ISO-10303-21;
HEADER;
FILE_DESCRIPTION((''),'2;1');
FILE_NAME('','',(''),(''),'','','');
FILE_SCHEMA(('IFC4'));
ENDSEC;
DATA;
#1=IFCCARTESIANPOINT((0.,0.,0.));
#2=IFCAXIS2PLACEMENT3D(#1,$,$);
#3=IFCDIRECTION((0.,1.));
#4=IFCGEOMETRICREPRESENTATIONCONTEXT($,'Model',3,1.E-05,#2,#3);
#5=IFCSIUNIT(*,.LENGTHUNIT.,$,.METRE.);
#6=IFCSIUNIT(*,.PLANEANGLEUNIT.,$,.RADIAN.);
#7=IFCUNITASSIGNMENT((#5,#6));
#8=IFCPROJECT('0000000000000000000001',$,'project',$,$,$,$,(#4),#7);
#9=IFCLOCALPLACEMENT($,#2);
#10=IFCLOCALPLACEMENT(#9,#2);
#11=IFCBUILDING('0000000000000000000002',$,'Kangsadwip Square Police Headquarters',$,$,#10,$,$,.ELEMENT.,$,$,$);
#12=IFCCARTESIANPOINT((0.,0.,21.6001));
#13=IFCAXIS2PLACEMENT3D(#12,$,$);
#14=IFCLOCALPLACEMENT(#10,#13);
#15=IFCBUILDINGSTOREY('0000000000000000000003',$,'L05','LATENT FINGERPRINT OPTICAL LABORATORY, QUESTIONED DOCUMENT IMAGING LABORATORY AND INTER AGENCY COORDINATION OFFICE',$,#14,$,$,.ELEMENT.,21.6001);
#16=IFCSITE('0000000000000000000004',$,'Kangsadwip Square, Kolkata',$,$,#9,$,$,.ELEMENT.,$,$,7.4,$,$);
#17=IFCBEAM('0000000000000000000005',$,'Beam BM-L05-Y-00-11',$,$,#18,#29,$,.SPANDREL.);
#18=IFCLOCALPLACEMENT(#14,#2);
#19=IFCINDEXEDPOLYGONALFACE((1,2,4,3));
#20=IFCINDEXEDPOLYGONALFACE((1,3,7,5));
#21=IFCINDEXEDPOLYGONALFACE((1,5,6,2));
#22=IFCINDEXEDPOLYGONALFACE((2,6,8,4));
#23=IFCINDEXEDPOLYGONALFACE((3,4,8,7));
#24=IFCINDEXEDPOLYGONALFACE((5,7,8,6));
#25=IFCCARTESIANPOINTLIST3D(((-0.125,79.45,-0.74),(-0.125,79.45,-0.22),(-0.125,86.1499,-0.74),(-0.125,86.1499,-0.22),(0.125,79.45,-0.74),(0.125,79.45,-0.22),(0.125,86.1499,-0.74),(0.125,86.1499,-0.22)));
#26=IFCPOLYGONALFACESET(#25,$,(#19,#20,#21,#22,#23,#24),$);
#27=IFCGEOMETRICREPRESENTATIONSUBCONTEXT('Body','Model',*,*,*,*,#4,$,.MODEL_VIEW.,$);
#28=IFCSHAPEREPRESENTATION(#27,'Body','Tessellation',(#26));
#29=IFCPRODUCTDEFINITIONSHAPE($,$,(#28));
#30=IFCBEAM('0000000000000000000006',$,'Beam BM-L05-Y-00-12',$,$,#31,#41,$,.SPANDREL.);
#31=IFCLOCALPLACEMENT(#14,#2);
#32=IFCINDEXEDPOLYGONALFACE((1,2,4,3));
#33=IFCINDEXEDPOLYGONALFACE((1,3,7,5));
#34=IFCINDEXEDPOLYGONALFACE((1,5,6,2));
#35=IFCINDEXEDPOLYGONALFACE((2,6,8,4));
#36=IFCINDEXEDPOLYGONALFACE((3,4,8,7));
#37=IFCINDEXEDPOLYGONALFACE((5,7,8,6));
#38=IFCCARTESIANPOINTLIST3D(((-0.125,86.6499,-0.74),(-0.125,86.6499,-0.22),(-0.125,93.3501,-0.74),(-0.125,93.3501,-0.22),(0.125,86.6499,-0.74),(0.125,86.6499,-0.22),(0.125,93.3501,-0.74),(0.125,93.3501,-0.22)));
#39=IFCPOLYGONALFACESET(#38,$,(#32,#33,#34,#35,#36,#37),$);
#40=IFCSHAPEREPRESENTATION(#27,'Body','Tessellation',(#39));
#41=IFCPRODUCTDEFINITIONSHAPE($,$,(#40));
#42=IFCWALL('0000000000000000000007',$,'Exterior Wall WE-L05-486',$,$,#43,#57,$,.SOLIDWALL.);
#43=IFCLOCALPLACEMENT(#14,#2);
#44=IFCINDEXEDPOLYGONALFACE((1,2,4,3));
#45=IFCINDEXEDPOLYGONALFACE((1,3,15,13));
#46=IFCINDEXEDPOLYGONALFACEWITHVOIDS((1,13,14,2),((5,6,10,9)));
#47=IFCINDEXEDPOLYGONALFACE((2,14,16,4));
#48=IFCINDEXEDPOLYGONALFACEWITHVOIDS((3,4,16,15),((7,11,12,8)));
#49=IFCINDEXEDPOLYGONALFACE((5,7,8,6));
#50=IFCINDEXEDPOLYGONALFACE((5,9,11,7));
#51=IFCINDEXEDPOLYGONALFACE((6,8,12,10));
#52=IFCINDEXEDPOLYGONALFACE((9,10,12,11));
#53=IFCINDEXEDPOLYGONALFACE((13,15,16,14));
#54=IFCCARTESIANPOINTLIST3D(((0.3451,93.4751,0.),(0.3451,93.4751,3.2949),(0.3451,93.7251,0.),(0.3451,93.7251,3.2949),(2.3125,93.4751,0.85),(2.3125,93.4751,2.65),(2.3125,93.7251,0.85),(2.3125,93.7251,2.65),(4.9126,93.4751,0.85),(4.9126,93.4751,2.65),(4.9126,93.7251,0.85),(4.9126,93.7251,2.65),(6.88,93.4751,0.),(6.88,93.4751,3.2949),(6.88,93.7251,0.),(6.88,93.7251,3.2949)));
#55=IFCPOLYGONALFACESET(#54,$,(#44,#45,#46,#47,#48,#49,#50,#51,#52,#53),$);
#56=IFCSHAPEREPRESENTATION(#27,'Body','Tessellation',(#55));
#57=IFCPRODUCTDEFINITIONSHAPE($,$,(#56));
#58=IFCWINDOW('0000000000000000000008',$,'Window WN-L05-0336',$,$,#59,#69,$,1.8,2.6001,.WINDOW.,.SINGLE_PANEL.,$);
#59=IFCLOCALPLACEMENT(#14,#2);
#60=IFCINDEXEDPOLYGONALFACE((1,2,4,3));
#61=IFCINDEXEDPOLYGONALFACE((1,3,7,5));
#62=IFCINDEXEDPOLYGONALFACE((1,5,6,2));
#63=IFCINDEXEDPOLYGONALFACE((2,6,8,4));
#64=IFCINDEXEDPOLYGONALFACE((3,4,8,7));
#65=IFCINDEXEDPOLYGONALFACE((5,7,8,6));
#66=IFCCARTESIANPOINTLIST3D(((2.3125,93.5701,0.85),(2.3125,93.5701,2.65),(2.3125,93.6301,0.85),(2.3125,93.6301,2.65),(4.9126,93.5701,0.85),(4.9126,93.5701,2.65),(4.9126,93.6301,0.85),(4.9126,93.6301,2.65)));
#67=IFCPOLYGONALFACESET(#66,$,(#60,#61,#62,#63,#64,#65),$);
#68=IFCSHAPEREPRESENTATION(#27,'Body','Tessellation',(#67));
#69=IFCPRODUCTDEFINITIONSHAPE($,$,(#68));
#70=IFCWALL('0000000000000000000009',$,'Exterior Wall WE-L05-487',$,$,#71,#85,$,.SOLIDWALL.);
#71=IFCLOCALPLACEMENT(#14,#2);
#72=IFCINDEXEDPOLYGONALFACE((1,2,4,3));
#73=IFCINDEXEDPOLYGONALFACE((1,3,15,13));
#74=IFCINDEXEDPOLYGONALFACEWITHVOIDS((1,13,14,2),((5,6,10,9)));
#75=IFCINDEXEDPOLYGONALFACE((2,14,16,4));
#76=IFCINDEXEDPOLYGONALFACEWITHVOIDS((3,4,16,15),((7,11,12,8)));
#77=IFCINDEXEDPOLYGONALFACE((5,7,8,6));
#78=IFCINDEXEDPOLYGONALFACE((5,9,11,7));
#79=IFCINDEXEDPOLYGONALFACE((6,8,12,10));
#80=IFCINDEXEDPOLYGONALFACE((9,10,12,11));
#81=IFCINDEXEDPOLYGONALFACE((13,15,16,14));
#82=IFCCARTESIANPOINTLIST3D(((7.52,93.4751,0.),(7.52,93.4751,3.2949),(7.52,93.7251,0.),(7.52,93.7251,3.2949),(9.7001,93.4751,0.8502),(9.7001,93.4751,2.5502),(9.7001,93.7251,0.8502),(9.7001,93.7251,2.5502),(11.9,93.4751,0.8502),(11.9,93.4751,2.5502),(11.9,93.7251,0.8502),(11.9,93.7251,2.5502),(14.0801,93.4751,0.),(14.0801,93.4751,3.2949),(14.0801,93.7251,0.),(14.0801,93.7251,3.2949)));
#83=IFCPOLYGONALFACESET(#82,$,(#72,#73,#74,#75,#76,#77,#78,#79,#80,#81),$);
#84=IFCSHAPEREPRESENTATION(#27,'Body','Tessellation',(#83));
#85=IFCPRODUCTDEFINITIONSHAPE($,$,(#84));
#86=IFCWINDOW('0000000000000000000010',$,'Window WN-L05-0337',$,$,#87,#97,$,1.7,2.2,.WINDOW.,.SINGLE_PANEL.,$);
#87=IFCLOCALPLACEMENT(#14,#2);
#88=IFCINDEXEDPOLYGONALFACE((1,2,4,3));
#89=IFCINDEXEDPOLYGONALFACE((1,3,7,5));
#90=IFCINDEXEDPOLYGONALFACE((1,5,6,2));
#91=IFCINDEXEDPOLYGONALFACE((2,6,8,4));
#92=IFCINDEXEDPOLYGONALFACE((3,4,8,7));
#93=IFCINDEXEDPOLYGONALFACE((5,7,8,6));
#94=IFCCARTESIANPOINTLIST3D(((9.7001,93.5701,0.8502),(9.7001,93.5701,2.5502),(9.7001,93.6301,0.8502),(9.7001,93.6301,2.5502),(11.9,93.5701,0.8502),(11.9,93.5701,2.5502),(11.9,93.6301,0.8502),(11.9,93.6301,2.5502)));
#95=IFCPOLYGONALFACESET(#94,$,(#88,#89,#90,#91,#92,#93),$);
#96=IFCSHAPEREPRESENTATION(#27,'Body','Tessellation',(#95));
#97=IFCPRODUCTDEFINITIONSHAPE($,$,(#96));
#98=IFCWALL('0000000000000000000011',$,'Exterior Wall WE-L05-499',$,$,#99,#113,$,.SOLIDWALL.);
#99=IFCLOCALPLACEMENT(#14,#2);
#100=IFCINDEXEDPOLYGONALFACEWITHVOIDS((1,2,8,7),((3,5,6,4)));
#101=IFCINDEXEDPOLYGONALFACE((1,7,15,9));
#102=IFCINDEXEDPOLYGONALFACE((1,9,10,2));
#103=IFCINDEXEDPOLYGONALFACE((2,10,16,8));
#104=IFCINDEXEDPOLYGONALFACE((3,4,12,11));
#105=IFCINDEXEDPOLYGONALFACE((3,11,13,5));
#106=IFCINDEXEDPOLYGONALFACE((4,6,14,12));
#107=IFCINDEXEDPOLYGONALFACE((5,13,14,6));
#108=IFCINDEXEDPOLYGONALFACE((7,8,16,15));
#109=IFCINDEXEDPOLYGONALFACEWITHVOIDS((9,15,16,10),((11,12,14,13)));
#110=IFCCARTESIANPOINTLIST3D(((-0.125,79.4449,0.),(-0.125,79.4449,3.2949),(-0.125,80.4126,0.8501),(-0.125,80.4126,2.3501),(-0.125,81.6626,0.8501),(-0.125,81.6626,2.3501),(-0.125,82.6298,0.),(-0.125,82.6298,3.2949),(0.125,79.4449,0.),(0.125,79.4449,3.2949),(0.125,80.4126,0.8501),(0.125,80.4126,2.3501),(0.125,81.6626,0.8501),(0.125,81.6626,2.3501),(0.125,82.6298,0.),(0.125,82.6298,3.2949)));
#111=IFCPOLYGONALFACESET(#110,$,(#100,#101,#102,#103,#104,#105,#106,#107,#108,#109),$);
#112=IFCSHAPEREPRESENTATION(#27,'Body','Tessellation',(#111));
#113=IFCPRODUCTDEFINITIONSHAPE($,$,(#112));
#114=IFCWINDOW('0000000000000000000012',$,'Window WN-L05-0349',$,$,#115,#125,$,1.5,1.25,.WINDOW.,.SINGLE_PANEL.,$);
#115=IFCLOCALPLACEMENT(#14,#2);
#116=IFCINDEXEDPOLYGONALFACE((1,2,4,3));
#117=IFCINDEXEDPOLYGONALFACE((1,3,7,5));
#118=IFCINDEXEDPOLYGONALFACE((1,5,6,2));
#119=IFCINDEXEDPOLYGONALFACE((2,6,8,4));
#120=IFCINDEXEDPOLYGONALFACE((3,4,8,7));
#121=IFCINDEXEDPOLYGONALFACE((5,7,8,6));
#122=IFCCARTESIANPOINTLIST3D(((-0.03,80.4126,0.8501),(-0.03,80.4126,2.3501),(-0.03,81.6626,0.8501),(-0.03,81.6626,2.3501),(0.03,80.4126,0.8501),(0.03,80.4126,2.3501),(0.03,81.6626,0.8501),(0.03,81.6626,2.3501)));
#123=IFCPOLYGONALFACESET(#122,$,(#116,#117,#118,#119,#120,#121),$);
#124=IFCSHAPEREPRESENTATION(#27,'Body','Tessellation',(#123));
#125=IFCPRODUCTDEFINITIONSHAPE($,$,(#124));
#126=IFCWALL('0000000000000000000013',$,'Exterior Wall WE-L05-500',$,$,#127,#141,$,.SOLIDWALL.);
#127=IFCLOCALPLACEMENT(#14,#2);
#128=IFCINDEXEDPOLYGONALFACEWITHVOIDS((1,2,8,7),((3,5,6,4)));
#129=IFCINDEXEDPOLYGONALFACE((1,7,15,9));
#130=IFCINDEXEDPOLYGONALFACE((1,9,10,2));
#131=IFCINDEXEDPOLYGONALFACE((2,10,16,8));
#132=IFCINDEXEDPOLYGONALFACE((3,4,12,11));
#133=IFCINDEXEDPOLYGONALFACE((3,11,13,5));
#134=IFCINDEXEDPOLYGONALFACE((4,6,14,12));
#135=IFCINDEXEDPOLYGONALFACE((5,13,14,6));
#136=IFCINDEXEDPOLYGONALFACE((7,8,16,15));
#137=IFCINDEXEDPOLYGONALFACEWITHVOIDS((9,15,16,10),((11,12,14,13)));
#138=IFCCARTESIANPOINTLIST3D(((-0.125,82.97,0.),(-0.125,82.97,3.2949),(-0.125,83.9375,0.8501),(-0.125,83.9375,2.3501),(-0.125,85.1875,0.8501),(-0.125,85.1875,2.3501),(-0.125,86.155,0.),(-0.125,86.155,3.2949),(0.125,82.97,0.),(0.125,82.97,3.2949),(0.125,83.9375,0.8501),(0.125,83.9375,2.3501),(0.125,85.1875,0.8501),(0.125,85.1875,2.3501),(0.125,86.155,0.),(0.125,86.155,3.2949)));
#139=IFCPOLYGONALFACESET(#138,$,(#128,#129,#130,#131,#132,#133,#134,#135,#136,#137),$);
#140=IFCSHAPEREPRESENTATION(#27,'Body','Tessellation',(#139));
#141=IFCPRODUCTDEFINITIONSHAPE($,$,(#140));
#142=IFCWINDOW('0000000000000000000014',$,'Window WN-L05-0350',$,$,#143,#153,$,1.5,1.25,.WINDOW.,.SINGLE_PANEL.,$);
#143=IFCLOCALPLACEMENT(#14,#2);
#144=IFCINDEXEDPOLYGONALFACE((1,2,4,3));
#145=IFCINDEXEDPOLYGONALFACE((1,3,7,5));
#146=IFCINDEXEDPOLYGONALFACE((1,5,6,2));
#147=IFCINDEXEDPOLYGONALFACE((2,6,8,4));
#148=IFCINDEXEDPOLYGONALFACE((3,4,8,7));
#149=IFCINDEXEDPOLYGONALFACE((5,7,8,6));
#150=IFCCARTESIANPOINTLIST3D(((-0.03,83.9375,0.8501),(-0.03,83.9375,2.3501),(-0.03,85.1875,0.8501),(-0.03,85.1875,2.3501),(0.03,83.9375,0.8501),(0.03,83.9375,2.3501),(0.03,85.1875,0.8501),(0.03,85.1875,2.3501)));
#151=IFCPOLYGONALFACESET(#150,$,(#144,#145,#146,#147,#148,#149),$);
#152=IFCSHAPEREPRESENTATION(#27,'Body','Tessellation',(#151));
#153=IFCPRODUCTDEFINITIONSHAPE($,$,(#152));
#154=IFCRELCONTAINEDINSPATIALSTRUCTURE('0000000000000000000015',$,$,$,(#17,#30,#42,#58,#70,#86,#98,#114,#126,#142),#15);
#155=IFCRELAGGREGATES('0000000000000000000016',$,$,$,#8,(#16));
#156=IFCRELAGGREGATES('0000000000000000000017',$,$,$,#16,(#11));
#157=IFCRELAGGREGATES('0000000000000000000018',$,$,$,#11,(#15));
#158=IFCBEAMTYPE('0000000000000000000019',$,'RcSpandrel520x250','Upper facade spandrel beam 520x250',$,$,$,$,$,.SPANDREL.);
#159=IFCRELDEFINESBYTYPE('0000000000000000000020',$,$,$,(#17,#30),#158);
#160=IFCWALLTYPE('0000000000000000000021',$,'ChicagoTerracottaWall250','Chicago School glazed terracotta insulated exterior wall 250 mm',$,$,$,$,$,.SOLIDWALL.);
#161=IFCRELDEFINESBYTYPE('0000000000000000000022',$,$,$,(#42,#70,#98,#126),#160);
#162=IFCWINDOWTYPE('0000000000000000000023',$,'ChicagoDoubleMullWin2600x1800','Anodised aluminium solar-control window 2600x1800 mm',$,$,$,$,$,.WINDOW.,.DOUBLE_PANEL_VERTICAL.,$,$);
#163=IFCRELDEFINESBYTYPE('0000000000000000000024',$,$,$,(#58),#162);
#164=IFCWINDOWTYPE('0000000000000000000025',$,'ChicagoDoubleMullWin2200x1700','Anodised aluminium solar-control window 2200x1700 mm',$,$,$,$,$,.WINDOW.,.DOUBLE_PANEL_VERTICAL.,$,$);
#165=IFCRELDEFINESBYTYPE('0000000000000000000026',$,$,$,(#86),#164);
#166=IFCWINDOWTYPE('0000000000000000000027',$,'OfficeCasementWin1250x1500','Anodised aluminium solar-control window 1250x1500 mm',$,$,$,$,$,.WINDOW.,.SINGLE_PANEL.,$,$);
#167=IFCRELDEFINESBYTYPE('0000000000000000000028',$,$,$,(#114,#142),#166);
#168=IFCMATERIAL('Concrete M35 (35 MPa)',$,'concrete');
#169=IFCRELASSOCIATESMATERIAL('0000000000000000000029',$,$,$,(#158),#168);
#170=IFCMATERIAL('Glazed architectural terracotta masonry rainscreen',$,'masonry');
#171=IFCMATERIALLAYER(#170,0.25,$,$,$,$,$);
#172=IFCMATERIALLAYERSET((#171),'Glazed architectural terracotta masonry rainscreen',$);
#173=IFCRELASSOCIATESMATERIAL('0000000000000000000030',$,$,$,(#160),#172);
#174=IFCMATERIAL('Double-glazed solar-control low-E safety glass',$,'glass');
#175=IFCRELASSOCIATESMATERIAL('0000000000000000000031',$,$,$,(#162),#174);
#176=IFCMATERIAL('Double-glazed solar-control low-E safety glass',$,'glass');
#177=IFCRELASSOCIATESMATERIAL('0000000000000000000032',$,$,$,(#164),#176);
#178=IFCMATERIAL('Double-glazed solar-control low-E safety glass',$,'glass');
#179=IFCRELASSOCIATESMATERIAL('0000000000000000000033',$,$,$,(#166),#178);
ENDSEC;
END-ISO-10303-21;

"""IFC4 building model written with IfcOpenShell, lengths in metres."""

from ifc_helpers import new_model, si_unit, direction, frame, frame_2d, origin, origin_2d, place, context, subcontext, project, spatial, rectangle, extrude, material, layer, layer_set, material_profile, profile_set, type_object, element, fill, save


model = new_model("IFC4")

# Units and contexts
model_context = context("Model", 3, precision=1e-05, world=origin(), true_north=direction((0.0, 1.0)))
body_context = subcontext(model_context, "Body", "Model", "MODEL_VIEW")
ifc_project = project(units=[si_unit("LENGTHUNIT", "METRE"), si_unit("PLANEANGLEUNIT", "RADIAN")], contexts=[model_context])

# Site, building, storey
site_placement = place(None, origin())
site = spatial("IfcSite", under=ifc_project, at=site_placement, Name="Kangsadwip Square, Kolkata", CompositionType="ELEMENT", RefElevation=7.4)
building_placement = place(site_placement, origin())
building = spatial("IfcBuilding", under=site, at=building_placement, Name="Kangsadwip Square Police Headquarters", CompositionType="ELEMENT")
storey_placement = place(building_placement, frame((0.0, 0.0, 21.6001)))
storey = spatial("IfcBuildingStorey", under=building, at=storey_placement, Name="L05", Description="LATENT FINGERPRINT OPTICAL LABORATORY, QUESTIONED DOCUMENT IMAGING LABORATORY AND INTER AGENCY COORDINATION OFFICE", CompositionType="ELEMENT", Elevation=21.6001)

# Beams
ifc_material_1 = material(Name="Concrete M35 (35 MPa)", Category="concrete")
ifc_material_profile_1 = material_profile(ifc_material_1, rectangle(XDim=0.25, YDim=0.52, at=origin_2d()), Name="RC SPN 520X250")
ifc_profile_set_1 = profile_set([ifc_material_profile_1], Name="Concrete M35 (35 MPa)")
beam_type_1 = type_object("IfcBeamType", Name="RcSpandrel520x250", Description="Upper facade spandrel beam 520x250", PredefinedType="SPANDREL", material=ifc_profile_set_1)
beam_1_placement = place(storey_placement, frame((0.0, 79.45, -0.48), z_axis=(0.0, 1.0, 0.0), x_axis=(-1.0, 0.0, 0.0)))
element("IfcBeam", 1, at=beam_1_placement, inside=storey, type_object=beam_type_1, Name="Beam BM-L05-Y-00-11", PredefinedType="SPANDREL", context=body_context, shape_type="SweptSolid", body=[
    extrude(rectangle(XDim=0.25, YDim=0.52, at=origin_2d()), origin(), (0.0, 0.0, 1.0), 6.7),
])
beam_2_placement = place(storey_placement, frame((0.0, 86.6499, -0.48), z_axis=(0.0, 1.0, 0.0), x_axis=(-1.0, 0.0, 0.0)))
element("IfcBeam", 2, at=beam_2_placement, inside=storey, type_object=beam_type_1, Name="Beam BM-L05-Y-00-12", PredefinedType="SPANDREL", context=body_context, shape_type="SweptSolid", body=[
    extrude(rectangle(XDim=0.25, YDim=0.52, at=origin_2d()), origin(), (0.0, 0.0, 1.0), 6.7002),
])

# Walls, openings, windows
ifc_material_2 = material(Name="Glazed architectural terracotta masonry rainscreen", Category="masonry")
ifc_layer_1 = layer(ifc_material_2, 0.25)
ifc_layer_set_1 = layer_set([ifc_layer_1], Name="Glazed architectural terracotta masonry rainscreen")
wall_type_1 = type_object("IfcWallType", Name="ChicagoTerracottaWall250", Description="Chicago School glazed terracotta insulated exterior wall 250 mm", PredefinedType="SOLIDWALL", material=ifc_layer_set_1)
wall_1_placement = place(storey_placement, frame((0.345, 93.6001, 0.0), z_axis=(0.0, 0.0, 1.0), x_axis=(1.0, 0.0, 0.0)))
wall_1 = element("IfcWall", 3, at=wall_1_placement, inside=storey, type_object=wall_type_1, Name="Exterior Wall WE-L05-486", PredefinedType="SOLIDWALL", context=body_context, shape_type="SweptSolid", body=[
    extrude(rectangle(XDim=6.5349, YDim=0.25, at=frame_2d((3.2676, 0.0))), origin(), (0.0, 0.0, 1.0), 3.2949),
])
opening_1_placement = place(wall_1_placement, frame((1.9675, 0.0, 0.8501)))
opening_1 = element("IfcOpeningElement", 4, at=opening_1_placement, cuts=wall_1, PredefinedType="OPENING", context=body_context, shape_type="SweptSolid", body=[
    extrude(rectangle(XDim=2.6001, YDim=1.8, at=frame_2d((1.3, 0.8999))), frame((0.0, 0.135, 0.0), z_axis=(0.0, -1.0, 0.0), x_axis=(1.0, 0.0, 0.0)), (0.0, 0.0, 1.0), 0.27),
])
ifc_material_3 = material(Name="Double-glazed solar-control low-E safety glass", Category="glass")
window_type_1 = type_object("IfcWindowType", Name="ChicagoDoubleMullWin2600x1800", Description="Anodised aluminium solar-control window 2600x1800 mm", PartitioningType="DOUBLE_PANEL_VERTICAL", PredefinedType="WINDOW", material=ifc_material_3)
window_1_placement = place(opening_1_placement, origin())
window_1 = element("IfcWindow", 5, at=window_1_placement, inside=storey, type_object=window_type_1, Name="Window WN-L05-0336", OverallHeight=1.8, OverallWidth=2.6001, PartitioningType="SINGLE_PANEL", PredefinedType="WINDOW", context=body_context, shape_type="SweptSolid", body=[
    extrude(rectangle(XDim=2.6001, YDim=1.8, at=frame_2d((1.3, 0.8999))), frame((0.0, 0.03, 0.0), z_axis=(0.0, -1.0, 0.0), x_axis=(1.0, 0.0, 0.0)), (0.0, 0.0, 1.0), 0.0601),
])
fill(opening_1, window_1)
wall_2_placement = place(storey_placement, frame((7.52, 93.6001, 0.0), z_axis=(0.0, 0.0, 1.0), x_axis=(1.0, 0.0, 0.0)))
wall_2 = element("IfcWall", 6, at=wall_2_placement, inside=storey, type_object=wall_type_1, Name="Exterior Wall WE-L05-487", PredefinedType="SOLIDWALL", context=body_context, shape_type="SweptSolid", body=[
    extrude(rectangle(XDim=6.5601, YDim=0.25, at=frame_2d((3.28, 0.0))), origin(), (0.0, 0.0, 1.0), 3.2949),
])
opening_2_placement = place(wall_2_placement, frame((2.1799, 0.0, 0.8501)))
opening_2 = element("IfcOpeningElement", 7, at=opening_2_placement, cuts=wall_2, PredefinedType="OPENING", context=body_context, shape_type="SweptSolid", body=[
    extrude(rectangle(XDim=2.2, YDim=1.7, at=frame_2d((1.1001, 0.8501))), frame((0.0, 0.135, 0.0), z_axis=(0.0, -1.0, 0.0), x_axis=(1.0, 0.0, 0.0)), (0.0, 0.0, 1.0), 0.27),
])
ifc_material_4 = material(Name="Double-glazed solar-control low-E safety glass", Category="glass")
window_type_2 = type_object("IfcWindowType", Name="ChicagoDoubleMullWin2200x1700", Description="Anodised aluminium solar-control window 2200x1700 mm", PartitioningType="DOUBLE_PANEL_VERTICAL", PredefinedType="WINDOW", material=ifc_material_4)
window_2_placement = place(opening_2_placement, origin())
window_2 = element("IfcWindow", 8, at=window_2_placement, inside=storey, type_object=window_type_2, Name="Window WN-L05-0337", OverallHeight=1.7, OverallWidth=2.2, PartitioningType="SINGLE_PANEL", PredefinedType="WINDOW", context=body_context, shape_type="SweptSolid", body=[
    extrude(rectangle(XDim=2.2, YDim=1.7, at=frame_2d((1.1001, 0.8501))), frame((0.0, 0.03, 0.0), z_axis=(0.0, -1.0, 0.0), x_axis=(1.0, 0.0, 0.0)), (0.0, 0.0, 1.0), 0.0601),
])
fill(opening_2, window_2)
wall_3_placement = place(storey_placement, frame((0.0, 79.4451, 0.0), z_axis=(0.0, 0.0, 1.0), x_axis=(0.0, 1.0, 0.0)))
wall_3 = element("IfcWall", 9, at=wall_3_placement, inside=storey, type_object=wall_type_1, Name="Exterior Wall WE-L05-499", PredefinedType="SOLIDWALL", context=body_context, shape_type="SweptSolid", body=[
    extrude(rectangle(XDim=3.1848, YDim=0.25, at=frame_2d((1.5923, 0.0))), origin(), (0.0, 0.0, 1.0), 3.2949),
])
opening_3_placement = place(wall_3_placement, frame((0.9675, 0.0, 0.8501)))
opening_3 = element("IfcOpeningElement", 10, at=opening_3_placement, cuts=wall_3, PredefinedType="OPENING", context=body_context, shape_type="SweptSolid", body=[
    extrude(rectangle(XDim=1.25, YDim=1.5, at=frame_2d((0.625, 0.75))), frame((0.0, 0.135, 0.0), z_axis=(0.0, -1.0, 0.0), x_axis=(1.0, 0.0, 0.0)), (0.0, 0.0, 1.0), 0.27),
])
ifc_material_5 = material(Name="Double-glazed solar-control low-E safety glass", Category="glass")
window_type_3 = type_object("IfcWindowType", Name="OfficeCasementWin1250x1500", Description="Anodised aluminium solar-control window 1250x1500 mm", PartitioningType="SINGLE_PANEL", PredefinedType="WINDOW", material=ifc_material_5)
window_3_placement = place(opening_3_placement, origin())
window_3 = element("IfcWindow", 11, at=window_3_placement, inside=storey, type_object=window_type_3, Name="Window WN-L05-0349", OverallHeight=1.5, OverallWidth=1.25, PartitioningType="SINGLE_PANEL", PredefinedType="WINDOW", context=body_context, shape_type="SweptSolid", body=[
    extrude(rectangle(XDim=1.25, YDim=1.5, at=frame_2d((0.625, 0.75))), frame((0.0, 0.03, 0.0), z_axis=(0.0, -1.0, 0.0), x_axis=(1.0, 0.0, 0.0)), (0.0, 0.0, 1.0), 0.0601),
])
fill(opening_3, window_3)
wall_4_placement = place(storey_placement, frame((0.0, 82.97, 0.0), z_axis=(0.0, 0.0, 1.0), x_axis=(0.0, 1.0, 0.0)))
wall_4 = element("IfcWall", 12, at=wall_4_placement, inside=storey, type_object=wall_type_1, Name="Exterior Wall WE-L05-500", PredefinedType="SOLIDWALL", context=body_context, shape_type="SweptSolid", body=[
    extrude(rectangle(XDim=3.1851, YDim=0.25, at=frame_2d((1.5925, 0.0))), origin(), (0.0, 0.0, 1.0), 3.2949),
])
opening_4_placement = place(wall_4_placement, frame((0.9675, 0.0, 0.8501)))
opening_4 = element("IfcOpeningElement", 13, at=opening_4_placement, cuts=wall_4, PredefinedType="OPENING", context=body_context, shape_type="SweptSolid", body=[
    extrude(rectangle(XDim=1.25, YDim=1.5, at=frame_2d((0.625, 0.75))), frame((0.0, 0.135, 0.0), z_axis=(0.0, -1.0, 0.0), x_axis=(1.0, 0.0, 0.0)), (0.0, 0.0, 1.0), 0.27),
])
window_4_placement = place(opening_4_placement, origin())
window_4 = element("IfcWindow", 14, at=window_4_placement, inside=storey, type_object=window_type_3, Name="Window WN-L05-0350", OverallHeight=1.5, OverallWidth=1.25, PartitioningType="SINGLE_PANEL", PredefinedType="WINDOW", context=body_context, shape_type="SweptSolid", body=[
    extrude(rectangle(XDim=1.25, YDim=1.5, at=frame_2d((0.625, 0.75))), frame((0.0, 0.03, 0.0), z_axis=(0.0, -1.0, 0.0), x_axis=(1.0, 0.0, 0.0)), (0.0, 0.0, 1.0), 0.0601),
])
fill(opening_4, window_4)

save(model, "model.ifc")
